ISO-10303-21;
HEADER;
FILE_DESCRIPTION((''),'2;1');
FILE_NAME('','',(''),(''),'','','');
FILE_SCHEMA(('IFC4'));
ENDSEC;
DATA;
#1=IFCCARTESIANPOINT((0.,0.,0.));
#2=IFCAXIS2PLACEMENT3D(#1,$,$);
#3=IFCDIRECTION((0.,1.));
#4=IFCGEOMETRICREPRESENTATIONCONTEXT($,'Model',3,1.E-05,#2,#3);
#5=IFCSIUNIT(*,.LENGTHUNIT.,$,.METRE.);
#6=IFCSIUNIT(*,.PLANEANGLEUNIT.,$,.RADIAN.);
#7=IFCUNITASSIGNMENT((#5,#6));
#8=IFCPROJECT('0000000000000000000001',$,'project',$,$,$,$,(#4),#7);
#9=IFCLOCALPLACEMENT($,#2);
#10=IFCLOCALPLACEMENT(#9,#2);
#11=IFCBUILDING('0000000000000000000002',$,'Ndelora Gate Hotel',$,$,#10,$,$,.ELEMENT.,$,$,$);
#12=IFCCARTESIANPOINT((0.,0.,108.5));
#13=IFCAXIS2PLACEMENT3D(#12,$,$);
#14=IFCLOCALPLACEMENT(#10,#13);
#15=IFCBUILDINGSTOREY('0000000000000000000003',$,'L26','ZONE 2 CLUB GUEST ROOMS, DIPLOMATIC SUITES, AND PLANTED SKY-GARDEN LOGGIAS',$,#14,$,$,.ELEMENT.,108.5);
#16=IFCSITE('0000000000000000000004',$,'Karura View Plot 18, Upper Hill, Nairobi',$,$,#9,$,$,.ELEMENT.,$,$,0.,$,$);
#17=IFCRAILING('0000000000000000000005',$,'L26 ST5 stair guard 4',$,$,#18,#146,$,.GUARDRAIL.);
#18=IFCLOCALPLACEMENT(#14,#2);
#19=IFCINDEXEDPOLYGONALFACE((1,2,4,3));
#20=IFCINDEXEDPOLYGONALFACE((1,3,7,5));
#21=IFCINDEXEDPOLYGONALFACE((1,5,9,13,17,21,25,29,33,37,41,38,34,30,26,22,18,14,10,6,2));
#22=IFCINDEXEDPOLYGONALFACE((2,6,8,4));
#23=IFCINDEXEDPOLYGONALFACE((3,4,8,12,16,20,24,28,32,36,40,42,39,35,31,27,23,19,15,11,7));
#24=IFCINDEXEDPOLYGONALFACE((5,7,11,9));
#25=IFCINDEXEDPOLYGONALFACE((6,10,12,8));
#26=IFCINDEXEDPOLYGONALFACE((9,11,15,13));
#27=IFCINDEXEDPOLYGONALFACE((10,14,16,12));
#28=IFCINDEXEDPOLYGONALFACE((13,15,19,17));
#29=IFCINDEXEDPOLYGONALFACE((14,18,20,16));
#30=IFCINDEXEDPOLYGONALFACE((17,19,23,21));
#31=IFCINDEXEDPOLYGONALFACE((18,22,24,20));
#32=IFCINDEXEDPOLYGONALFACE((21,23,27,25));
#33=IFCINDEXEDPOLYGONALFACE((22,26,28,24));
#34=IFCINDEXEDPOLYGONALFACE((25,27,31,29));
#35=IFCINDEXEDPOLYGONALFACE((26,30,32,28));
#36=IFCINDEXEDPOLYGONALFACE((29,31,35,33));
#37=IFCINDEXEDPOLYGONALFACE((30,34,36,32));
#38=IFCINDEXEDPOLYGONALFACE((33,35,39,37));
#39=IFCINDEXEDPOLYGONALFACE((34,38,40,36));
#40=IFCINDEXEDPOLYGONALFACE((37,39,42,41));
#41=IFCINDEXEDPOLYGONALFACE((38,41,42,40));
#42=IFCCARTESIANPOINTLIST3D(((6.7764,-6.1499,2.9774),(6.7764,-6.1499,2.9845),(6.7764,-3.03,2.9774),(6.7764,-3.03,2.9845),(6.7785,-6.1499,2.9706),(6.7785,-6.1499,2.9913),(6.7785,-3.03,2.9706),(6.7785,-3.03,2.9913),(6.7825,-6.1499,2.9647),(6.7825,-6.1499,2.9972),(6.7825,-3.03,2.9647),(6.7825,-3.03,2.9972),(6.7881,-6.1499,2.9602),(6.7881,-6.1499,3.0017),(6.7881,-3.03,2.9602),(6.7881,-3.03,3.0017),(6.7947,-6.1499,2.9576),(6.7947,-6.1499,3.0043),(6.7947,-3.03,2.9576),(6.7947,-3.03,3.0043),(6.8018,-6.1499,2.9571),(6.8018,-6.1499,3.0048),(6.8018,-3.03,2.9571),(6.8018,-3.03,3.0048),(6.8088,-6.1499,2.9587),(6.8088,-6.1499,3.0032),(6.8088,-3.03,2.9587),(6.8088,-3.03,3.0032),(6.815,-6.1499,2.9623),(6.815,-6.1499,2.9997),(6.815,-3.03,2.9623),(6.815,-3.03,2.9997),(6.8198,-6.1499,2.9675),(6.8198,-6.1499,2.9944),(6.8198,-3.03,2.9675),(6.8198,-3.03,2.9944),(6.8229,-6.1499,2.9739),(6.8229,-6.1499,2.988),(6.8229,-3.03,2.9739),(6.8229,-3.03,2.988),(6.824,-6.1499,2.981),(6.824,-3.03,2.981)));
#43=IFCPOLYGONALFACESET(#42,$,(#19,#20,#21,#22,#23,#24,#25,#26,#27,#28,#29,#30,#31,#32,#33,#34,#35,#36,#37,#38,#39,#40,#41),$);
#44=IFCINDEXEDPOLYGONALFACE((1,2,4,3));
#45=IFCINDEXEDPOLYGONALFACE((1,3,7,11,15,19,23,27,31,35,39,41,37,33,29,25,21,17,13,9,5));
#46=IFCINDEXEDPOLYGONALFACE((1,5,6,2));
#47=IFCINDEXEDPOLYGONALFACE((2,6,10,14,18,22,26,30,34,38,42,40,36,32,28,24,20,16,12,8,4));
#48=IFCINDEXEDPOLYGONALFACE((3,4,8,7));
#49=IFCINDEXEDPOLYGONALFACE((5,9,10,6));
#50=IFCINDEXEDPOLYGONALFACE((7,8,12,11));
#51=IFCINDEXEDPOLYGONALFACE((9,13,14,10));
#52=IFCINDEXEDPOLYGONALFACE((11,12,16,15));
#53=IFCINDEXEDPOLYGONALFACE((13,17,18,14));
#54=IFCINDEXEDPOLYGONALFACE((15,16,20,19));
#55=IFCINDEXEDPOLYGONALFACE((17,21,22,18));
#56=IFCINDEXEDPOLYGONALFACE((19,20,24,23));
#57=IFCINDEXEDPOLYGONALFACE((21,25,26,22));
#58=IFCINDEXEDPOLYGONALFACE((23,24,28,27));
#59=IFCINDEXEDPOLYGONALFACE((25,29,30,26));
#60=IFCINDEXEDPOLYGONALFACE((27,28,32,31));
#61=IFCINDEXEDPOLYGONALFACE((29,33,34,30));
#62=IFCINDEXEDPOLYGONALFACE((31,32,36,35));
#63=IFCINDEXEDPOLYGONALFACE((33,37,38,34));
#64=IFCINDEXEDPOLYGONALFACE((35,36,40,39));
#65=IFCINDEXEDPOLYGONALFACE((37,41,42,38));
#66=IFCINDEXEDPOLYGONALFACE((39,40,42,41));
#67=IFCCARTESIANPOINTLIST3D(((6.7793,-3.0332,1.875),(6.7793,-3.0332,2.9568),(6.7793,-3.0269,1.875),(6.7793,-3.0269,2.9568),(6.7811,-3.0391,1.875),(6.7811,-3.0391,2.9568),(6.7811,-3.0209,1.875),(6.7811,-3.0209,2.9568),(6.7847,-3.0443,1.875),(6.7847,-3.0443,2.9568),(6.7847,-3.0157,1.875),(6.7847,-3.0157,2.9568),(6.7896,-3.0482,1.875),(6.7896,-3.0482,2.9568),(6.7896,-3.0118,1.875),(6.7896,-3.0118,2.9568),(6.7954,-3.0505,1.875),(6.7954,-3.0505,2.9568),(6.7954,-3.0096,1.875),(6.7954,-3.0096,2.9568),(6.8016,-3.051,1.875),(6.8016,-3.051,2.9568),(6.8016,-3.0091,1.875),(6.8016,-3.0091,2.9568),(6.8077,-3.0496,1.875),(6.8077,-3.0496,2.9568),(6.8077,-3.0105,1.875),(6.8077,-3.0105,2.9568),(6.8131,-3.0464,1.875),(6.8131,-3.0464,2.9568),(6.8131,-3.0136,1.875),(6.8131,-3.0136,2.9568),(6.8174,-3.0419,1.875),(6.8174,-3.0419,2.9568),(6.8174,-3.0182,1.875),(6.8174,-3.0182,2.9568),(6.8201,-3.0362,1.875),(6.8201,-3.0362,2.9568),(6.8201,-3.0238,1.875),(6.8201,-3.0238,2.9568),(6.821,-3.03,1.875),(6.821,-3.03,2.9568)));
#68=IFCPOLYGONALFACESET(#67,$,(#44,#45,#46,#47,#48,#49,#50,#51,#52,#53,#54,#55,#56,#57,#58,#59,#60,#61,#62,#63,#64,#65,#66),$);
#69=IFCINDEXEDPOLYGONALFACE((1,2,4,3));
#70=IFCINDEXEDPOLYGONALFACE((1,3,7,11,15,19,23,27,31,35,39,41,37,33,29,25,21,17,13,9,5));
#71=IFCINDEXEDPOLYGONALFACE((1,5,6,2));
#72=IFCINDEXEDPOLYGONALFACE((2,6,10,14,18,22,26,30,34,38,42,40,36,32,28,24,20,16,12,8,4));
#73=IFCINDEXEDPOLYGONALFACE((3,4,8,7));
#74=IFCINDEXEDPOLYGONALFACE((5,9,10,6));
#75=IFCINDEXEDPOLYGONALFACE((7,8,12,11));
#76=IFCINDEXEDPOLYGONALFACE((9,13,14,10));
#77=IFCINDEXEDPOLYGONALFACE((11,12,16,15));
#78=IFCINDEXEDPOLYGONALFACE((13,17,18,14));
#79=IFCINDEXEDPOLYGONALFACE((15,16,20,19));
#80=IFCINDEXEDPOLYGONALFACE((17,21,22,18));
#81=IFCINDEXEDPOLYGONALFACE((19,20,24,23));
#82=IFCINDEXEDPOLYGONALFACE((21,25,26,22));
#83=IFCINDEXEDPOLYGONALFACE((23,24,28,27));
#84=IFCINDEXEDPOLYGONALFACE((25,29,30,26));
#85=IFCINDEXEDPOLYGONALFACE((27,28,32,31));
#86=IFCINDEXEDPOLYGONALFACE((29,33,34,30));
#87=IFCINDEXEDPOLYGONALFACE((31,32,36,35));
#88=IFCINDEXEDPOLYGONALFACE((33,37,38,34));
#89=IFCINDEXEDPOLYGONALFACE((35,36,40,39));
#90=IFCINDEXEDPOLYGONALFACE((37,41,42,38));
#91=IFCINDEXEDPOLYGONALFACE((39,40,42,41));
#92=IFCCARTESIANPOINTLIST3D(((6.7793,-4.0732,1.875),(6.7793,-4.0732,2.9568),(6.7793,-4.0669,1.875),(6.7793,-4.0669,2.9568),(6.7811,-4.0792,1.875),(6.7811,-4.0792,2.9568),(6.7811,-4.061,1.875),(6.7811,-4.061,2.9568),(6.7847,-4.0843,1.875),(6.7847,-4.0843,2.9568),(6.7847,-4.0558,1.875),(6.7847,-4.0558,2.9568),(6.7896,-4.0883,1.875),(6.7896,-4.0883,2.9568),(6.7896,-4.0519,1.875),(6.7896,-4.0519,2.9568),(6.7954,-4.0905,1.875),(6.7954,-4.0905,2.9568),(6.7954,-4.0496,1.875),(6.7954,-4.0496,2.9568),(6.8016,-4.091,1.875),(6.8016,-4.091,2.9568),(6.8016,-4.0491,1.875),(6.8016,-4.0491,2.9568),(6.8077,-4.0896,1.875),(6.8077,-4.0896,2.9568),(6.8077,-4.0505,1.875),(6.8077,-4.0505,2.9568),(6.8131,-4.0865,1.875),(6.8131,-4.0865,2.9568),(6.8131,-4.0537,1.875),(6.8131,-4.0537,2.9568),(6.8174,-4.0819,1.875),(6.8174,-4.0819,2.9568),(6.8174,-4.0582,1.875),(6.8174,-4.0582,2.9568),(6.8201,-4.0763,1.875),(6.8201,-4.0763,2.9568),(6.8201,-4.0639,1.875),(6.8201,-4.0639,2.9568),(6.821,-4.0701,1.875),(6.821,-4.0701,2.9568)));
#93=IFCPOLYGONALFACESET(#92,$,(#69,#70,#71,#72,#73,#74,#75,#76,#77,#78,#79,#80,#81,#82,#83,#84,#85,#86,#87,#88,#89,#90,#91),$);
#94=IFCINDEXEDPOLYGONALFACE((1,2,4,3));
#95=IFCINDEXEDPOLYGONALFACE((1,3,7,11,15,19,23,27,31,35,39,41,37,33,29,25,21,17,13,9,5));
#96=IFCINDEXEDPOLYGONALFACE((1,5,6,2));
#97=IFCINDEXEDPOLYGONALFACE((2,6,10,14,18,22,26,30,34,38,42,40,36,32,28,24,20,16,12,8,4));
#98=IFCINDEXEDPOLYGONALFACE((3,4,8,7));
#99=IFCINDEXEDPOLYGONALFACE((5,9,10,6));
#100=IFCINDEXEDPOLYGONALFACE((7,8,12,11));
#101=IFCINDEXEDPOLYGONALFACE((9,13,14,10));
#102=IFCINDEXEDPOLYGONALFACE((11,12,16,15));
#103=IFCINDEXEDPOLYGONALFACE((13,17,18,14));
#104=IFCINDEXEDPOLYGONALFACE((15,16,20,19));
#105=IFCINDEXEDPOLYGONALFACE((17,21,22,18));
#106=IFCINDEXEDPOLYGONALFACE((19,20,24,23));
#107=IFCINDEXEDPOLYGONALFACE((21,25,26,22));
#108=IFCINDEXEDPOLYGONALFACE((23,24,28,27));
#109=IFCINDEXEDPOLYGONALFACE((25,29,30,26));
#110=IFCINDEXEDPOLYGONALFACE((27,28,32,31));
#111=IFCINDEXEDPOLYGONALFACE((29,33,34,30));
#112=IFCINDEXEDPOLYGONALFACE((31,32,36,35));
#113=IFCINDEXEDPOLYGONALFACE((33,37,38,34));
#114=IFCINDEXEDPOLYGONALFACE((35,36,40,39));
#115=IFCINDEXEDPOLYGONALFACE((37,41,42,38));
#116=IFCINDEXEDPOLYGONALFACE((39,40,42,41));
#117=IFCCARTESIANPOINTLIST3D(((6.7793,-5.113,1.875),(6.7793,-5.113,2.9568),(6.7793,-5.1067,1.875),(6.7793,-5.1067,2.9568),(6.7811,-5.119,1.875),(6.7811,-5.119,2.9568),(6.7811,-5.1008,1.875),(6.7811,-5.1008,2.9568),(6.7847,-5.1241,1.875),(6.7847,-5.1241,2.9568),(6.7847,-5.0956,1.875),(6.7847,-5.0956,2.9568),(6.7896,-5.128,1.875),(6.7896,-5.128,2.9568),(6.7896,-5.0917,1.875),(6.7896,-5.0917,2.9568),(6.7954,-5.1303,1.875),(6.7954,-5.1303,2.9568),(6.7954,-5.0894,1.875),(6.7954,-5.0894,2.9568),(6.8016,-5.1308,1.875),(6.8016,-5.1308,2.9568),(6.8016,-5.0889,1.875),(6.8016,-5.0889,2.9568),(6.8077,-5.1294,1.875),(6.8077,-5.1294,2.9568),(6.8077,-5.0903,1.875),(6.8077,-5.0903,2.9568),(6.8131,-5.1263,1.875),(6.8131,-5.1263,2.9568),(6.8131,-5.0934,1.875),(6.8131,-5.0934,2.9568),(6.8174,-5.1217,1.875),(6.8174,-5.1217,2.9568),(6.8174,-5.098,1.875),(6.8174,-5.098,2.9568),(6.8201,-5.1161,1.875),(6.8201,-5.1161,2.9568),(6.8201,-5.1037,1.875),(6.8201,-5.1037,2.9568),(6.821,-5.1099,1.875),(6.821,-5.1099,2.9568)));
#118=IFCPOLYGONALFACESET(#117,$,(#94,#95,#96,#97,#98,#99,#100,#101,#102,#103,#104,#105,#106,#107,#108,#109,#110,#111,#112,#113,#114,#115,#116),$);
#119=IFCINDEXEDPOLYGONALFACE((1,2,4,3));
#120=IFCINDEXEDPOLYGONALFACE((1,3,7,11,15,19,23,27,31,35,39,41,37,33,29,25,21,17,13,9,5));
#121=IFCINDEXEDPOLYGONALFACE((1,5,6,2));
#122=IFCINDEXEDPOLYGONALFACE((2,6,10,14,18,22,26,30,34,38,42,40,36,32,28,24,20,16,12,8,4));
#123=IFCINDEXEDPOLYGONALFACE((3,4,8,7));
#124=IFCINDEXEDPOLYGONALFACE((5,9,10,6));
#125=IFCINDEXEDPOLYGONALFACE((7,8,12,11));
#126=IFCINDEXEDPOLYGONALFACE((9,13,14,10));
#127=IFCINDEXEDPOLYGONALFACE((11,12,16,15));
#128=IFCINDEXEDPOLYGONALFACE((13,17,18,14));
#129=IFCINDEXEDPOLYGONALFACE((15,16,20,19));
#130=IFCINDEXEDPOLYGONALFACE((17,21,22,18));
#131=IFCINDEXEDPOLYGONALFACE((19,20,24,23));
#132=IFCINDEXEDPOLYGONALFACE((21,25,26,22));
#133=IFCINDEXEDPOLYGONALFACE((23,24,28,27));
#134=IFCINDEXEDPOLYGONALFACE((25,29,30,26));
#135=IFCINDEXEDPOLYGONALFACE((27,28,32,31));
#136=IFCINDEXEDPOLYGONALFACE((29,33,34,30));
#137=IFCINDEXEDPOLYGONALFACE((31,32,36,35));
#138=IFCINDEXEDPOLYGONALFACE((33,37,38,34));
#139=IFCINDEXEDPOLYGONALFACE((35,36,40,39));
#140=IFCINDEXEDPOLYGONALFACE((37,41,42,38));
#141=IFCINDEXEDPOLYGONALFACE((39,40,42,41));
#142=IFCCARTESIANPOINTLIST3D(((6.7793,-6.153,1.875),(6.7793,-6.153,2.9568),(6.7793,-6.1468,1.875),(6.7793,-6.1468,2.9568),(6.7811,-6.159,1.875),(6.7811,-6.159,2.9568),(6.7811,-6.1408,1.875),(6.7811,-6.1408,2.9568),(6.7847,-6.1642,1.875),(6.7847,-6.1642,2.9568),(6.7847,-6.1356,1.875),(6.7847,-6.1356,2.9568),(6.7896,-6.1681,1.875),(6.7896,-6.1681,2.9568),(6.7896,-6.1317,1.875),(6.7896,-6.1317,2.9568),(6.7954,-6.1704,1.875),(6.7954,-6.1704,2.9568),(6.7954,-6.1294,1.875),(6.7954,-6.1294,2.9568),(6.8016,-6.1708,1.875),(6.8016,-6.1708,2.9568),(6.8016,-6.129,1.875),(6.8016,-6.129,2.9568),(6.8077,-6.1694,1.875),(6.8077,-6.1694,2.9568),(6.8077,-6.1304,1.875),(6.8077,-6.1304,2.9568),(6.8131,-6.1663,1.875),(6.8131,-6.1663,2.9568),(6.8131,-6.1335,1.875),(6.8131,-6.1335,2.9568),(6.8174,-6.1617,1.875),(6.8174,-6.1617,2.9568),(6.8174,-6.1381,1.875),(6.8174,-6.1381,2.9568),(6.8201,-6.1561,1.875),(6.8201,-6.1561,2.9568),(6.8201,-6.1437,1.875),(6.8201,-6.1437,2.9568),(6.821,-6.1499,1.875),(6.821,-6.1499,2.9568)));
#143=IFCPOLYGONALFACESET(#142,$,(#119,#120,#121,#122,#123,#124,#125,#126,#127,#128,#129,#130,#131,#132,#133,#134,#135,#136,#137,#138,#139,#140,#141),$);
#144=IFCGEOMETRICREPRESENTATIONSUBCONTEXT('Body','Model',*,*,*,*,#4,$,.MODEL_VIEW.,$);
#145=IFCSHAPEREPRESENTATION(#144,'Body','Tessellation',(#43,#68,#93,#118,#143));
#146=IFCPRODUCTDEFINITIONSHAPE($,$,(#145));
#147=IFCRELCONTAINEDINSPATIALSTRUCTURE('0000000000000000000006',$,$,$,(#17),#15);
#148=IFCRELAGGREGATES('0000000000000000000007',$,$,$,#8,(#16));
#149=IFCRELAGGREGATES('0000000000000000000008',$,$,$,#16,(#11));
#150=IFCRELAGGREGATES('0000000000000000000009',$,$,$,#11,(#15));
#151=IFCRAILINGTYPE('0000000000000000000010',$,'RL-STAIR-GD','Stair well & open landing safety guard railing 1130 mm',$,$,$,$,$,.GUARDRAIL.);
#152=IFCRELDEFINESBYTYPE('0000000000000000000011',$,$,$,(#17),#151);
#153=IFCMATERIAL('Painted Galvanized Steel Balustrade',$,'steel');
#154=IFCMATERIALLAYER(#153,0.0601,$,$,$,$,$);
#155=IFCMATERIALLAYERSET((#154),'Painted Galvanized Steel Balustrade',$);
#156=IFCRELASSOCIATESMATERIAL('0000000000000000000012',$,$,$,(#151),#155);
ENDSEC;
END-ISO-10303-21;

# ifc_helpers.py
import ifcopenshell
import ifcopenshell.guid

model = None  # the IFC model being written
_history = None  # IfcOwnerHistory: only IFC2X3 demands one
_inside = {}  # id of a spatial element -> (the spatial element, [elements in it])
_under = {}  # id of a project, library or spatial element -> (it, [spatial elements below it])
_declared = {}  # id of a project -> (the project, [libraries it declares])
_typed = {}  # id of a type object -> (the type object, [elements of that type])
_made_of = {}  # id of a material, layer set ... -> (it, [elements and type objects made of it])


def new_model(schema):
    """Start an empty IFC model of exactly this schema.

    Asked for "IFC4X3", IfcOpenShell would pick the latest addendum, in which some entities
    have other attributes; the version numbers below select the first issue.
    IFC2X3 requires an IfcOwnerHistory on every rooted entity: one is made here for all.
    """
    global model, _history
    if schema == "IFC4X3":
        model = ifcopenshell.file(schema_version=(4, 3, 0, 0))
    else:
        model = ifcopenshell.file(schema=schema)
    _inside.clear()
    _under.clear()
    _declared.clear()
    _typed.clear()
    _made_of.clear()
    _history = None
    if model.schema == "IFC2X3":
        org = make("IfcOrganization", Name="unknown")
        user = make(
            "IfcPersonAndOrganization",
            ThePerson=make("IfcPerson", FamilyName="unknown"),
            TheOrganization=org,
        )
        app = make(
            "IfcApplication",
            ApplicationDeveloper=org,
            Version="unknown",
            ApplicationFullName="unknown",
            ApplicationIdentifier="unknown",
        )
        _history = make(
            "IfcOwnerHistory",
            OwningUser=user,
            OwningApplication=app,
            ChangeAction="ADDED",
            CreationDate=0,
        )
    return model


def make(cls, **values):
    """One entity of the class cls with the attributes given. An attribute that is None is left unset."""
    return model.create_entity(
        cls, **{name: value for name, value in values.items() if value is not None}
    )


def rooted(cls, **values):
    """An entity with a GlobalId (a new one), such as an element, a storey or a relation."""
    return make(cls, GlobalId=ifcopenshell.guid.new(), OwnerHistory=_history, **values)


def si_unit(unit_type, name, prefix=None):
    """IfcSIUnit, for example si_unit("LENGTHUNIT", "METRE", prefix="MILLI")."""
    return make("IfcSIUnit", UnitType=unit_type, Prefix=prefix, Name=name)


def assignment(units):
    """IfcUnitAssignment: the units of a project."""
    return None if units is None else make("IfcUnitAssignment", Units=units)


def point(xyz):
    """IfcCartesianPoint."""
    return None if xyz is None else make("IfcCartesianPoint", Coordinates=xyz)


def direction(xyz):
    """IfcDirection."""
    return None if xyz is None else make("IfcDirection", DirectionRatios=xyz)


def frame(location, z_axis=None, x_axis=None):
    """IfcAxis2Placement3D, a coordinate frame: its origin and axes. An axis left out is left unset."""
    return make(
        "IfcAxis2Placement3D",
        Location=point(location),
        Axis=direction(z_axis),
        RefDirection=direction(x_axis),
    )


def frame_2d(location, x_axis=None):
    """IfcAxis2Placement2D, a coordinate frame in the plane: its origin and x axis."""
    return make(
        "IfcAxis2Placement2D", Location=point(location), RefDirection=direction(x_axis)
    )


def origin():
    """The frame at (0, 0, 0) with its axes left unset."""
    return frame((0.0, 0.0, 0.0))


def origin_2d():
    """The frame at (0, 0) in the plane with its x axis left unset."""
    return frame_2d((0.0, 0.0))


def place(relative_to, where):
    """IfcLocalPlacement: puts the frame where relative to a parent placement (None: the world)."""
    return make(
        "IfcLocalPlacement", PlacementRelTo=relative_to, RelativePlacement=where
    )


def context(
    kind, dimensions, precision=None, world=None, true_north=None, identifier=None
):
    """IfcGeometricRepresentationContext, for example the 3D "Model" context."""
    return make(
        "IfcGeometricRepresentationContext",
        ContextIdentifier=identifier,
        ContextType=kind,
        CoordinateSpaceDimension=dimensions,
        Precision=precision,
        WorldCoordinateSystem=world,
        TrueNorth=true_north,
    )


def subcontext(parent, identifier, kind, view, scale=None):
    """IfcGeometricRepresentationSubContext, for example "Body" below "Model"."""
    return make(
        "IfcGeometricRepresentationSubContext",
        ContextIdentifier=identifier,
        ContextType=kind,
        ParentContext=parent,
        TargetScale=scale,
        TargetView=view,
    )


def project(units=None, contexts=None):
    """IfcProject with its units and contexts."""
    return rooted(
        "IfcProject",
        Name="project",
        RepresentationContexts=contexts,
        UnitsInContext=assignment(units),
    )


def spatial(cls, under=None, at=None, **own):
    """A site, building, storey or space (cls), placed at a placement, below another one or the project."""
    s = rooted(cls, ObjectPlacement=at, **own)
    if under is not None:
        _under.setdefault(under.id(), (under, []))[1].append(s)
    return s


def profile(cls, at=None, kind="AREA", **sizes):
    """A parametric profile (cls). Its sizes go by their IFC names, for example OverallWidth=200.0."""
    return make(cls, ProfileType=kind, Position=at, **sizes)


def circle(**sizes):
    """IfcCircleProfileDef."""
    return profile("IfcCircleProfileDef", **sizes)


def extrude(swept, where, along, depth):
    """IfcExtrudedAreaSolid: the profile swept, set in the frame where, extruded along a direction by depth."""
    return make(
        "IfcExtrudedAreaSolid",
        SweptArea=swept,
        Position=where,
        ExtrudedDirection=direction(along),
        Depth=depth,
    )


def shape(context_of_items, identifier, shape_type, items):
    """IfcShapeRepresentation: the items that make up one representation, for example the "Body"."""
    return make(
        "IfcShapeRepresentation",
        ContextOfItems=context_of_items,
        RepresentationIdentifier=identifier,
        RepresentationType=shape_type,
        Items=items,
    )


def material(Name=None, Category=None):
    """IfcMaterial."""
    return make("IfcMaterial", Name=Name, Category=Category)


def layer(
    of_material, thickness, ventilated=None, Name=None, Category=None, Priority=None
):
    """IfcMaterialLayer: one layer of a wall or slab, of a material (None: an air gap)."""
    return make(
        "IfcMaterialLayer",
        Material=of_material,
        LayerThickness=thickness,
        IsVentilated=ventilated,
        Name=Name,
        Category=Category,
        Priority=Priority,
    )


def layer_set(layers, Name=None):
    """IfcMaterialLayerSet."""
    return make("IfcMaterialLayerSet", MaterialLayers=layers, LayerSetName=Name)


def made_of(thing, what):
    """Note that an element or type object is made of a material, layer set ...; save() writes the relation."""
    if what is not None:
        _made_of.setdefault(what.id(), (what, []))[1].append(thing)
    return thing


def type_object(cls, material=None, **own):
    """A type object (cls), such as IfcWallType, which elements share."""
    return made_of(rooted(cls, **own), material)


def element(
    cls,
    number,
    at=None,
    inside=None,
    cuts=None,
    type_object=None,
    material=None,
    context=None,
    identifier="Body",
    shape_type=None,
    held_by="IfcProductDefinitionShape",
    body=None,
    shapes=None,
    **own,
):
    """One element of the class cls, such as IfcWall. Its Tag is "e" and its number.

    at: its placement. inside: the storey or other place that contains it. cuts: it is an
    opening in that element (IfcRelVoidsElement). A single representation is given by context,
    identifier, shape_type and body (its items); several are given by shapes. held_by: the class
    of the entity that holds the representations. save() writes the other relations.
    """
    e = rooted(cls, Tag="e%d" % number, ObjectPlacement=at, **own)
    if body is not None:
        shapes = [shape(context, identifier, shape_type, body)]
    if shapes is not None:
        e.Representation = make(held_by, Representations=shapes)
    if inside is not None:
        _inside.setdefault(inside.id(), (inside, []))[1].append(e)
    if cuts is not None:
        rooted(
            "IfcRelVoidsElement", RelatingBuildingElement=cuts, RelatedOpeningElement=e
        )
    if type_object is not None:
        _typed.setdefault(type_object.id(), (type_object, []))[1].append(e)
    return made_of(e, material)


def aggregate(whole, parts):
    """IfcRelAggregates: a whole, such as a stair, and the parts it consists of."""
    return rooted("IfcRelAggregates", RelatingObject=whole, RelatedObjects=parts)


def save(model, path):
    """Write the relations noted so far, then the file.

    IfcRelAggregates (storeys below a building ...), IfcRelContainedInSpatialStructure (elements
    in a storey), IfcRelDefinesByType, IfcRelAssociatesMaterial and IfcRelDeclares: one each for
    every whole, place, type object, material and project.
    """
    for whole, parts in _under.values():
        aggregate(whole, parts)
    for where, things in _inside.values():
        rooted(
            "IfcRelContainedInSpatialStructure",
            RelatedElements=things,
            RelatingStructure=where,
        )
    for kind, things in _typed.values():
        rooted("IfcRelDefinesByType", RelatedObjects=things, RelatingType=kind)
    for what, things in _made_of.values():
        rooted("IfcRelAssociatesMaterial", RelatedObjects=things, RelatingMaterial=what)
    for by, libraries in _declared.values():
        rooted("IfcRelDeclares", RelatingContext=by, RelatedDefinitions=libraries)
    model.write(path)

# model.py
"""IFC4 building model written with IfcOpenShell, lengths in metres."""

from ifc_helpers import new_model, si_unit, direction, frame, origin, origin_2d, place, context, subcontext, project, spatial, circle, extrude, material, layer, layer_set, type_object, element, save


model = new_model("IFC4")

# Units and contexts
model_context = context("Model", 3, precision=1e-05, world=origin(), true_north=direction((0.0, 1.0)))
body_context = subcontext(model_context, "Body", "Model", "MODEL_VIEW")
ifc_project = project(units=[si_unit("LENGTHUNIT", "METRE"), si_unit("PLANEANGLEUNIT", "RADIAN")], contexts=[model_context])

# Site, building, storey
site_placement = place(None, origin())
site = spatial("IfcSite", under=ifc_project, at=site_placement, Name="Karura View Plot 18, Upper Hill, Nairobi", CompositionType="ELEMENT", RefElevation=0.0)
building_placement = place(site_placement, origin())
building = spatial("IfcBuilding", under=site, at=building_placement, Name="Ndelora Gate Hotel", CompositionType="ELEMENT")
storey_placement = place(building_placement, frame((0.0, 0.0, 108.5)))
storey = spatial("IfcBuildingStorey", under=building, at=storey_placement, Name="L26", Description="ZONE 2 CLUB GUEST ROOMS, DIPLOMATIC SUITES, AND PLANTED SKY-GARDEN LOGGIAS", CompositionType="ELEMENT", Elevation=108.5)

# Railing
ifc_material_1 = material(Name="Painted Galvanized Steel Balustrade", Category="steel")
ifc_layer_1 = layer(ifc_material_1, 0.0601)
ifc_layer_set_1 = layer_set([ifc_layer_1], Name="Painted Galvanized Steel Balustrade")
railing_type_1 = type_object("IfcRailingType", Name="RL-STAIR-GD", Description="Stair well & open landing safety guard railing 1130 mm", PredefinedType="GUARDRAIL", material=ifc_layer_set_1)
for number, where, name in (
    (1, (6.8, -3.03, 1.875), "L26 ST5 stair guard 4"),
):
    element("IfcRailing", number, at=place(storey_placement, frame(where)), inside=storey, type_object=railing_type_1, Name=name, PredefinedType="GUARDRAIL", context=body_context, shape_type="SweptSolid", body=[
        extrude(circle(Radius=0.0239, at=origin_2d()), frame((0.0, 0.0, 1.106), z_axis=(0.0, -1.0, 0.0), x_axis=(1.0, 0.0, 0.0)), (0.0, 0.0, 1.0), 3.1199),
        extrude(circle(Radius=0.021, at=origin_2d()), origin(), (0.0, 0.0, 1.0), 1.0818),
        extrude(circle(Radius=0.021, at=origin_2d()), frame((0.0, -1.04, 0.0)), (0.0, 0.0, 1.0), 1.0818),
        extrude(circle(Radius=0.021, at=origin_2d()), frame((0.0, -2.0798, 0.0)), (0.0, 0.0, 1.0), 1.0818),
        extrude(circle(Radius=0.021, at=origin_2d()), frame((0.0, -3.1199, 0.0)), (0.0, 0.0, 1.0), 1.0818),
    ])

save(model, "model.ifc")
